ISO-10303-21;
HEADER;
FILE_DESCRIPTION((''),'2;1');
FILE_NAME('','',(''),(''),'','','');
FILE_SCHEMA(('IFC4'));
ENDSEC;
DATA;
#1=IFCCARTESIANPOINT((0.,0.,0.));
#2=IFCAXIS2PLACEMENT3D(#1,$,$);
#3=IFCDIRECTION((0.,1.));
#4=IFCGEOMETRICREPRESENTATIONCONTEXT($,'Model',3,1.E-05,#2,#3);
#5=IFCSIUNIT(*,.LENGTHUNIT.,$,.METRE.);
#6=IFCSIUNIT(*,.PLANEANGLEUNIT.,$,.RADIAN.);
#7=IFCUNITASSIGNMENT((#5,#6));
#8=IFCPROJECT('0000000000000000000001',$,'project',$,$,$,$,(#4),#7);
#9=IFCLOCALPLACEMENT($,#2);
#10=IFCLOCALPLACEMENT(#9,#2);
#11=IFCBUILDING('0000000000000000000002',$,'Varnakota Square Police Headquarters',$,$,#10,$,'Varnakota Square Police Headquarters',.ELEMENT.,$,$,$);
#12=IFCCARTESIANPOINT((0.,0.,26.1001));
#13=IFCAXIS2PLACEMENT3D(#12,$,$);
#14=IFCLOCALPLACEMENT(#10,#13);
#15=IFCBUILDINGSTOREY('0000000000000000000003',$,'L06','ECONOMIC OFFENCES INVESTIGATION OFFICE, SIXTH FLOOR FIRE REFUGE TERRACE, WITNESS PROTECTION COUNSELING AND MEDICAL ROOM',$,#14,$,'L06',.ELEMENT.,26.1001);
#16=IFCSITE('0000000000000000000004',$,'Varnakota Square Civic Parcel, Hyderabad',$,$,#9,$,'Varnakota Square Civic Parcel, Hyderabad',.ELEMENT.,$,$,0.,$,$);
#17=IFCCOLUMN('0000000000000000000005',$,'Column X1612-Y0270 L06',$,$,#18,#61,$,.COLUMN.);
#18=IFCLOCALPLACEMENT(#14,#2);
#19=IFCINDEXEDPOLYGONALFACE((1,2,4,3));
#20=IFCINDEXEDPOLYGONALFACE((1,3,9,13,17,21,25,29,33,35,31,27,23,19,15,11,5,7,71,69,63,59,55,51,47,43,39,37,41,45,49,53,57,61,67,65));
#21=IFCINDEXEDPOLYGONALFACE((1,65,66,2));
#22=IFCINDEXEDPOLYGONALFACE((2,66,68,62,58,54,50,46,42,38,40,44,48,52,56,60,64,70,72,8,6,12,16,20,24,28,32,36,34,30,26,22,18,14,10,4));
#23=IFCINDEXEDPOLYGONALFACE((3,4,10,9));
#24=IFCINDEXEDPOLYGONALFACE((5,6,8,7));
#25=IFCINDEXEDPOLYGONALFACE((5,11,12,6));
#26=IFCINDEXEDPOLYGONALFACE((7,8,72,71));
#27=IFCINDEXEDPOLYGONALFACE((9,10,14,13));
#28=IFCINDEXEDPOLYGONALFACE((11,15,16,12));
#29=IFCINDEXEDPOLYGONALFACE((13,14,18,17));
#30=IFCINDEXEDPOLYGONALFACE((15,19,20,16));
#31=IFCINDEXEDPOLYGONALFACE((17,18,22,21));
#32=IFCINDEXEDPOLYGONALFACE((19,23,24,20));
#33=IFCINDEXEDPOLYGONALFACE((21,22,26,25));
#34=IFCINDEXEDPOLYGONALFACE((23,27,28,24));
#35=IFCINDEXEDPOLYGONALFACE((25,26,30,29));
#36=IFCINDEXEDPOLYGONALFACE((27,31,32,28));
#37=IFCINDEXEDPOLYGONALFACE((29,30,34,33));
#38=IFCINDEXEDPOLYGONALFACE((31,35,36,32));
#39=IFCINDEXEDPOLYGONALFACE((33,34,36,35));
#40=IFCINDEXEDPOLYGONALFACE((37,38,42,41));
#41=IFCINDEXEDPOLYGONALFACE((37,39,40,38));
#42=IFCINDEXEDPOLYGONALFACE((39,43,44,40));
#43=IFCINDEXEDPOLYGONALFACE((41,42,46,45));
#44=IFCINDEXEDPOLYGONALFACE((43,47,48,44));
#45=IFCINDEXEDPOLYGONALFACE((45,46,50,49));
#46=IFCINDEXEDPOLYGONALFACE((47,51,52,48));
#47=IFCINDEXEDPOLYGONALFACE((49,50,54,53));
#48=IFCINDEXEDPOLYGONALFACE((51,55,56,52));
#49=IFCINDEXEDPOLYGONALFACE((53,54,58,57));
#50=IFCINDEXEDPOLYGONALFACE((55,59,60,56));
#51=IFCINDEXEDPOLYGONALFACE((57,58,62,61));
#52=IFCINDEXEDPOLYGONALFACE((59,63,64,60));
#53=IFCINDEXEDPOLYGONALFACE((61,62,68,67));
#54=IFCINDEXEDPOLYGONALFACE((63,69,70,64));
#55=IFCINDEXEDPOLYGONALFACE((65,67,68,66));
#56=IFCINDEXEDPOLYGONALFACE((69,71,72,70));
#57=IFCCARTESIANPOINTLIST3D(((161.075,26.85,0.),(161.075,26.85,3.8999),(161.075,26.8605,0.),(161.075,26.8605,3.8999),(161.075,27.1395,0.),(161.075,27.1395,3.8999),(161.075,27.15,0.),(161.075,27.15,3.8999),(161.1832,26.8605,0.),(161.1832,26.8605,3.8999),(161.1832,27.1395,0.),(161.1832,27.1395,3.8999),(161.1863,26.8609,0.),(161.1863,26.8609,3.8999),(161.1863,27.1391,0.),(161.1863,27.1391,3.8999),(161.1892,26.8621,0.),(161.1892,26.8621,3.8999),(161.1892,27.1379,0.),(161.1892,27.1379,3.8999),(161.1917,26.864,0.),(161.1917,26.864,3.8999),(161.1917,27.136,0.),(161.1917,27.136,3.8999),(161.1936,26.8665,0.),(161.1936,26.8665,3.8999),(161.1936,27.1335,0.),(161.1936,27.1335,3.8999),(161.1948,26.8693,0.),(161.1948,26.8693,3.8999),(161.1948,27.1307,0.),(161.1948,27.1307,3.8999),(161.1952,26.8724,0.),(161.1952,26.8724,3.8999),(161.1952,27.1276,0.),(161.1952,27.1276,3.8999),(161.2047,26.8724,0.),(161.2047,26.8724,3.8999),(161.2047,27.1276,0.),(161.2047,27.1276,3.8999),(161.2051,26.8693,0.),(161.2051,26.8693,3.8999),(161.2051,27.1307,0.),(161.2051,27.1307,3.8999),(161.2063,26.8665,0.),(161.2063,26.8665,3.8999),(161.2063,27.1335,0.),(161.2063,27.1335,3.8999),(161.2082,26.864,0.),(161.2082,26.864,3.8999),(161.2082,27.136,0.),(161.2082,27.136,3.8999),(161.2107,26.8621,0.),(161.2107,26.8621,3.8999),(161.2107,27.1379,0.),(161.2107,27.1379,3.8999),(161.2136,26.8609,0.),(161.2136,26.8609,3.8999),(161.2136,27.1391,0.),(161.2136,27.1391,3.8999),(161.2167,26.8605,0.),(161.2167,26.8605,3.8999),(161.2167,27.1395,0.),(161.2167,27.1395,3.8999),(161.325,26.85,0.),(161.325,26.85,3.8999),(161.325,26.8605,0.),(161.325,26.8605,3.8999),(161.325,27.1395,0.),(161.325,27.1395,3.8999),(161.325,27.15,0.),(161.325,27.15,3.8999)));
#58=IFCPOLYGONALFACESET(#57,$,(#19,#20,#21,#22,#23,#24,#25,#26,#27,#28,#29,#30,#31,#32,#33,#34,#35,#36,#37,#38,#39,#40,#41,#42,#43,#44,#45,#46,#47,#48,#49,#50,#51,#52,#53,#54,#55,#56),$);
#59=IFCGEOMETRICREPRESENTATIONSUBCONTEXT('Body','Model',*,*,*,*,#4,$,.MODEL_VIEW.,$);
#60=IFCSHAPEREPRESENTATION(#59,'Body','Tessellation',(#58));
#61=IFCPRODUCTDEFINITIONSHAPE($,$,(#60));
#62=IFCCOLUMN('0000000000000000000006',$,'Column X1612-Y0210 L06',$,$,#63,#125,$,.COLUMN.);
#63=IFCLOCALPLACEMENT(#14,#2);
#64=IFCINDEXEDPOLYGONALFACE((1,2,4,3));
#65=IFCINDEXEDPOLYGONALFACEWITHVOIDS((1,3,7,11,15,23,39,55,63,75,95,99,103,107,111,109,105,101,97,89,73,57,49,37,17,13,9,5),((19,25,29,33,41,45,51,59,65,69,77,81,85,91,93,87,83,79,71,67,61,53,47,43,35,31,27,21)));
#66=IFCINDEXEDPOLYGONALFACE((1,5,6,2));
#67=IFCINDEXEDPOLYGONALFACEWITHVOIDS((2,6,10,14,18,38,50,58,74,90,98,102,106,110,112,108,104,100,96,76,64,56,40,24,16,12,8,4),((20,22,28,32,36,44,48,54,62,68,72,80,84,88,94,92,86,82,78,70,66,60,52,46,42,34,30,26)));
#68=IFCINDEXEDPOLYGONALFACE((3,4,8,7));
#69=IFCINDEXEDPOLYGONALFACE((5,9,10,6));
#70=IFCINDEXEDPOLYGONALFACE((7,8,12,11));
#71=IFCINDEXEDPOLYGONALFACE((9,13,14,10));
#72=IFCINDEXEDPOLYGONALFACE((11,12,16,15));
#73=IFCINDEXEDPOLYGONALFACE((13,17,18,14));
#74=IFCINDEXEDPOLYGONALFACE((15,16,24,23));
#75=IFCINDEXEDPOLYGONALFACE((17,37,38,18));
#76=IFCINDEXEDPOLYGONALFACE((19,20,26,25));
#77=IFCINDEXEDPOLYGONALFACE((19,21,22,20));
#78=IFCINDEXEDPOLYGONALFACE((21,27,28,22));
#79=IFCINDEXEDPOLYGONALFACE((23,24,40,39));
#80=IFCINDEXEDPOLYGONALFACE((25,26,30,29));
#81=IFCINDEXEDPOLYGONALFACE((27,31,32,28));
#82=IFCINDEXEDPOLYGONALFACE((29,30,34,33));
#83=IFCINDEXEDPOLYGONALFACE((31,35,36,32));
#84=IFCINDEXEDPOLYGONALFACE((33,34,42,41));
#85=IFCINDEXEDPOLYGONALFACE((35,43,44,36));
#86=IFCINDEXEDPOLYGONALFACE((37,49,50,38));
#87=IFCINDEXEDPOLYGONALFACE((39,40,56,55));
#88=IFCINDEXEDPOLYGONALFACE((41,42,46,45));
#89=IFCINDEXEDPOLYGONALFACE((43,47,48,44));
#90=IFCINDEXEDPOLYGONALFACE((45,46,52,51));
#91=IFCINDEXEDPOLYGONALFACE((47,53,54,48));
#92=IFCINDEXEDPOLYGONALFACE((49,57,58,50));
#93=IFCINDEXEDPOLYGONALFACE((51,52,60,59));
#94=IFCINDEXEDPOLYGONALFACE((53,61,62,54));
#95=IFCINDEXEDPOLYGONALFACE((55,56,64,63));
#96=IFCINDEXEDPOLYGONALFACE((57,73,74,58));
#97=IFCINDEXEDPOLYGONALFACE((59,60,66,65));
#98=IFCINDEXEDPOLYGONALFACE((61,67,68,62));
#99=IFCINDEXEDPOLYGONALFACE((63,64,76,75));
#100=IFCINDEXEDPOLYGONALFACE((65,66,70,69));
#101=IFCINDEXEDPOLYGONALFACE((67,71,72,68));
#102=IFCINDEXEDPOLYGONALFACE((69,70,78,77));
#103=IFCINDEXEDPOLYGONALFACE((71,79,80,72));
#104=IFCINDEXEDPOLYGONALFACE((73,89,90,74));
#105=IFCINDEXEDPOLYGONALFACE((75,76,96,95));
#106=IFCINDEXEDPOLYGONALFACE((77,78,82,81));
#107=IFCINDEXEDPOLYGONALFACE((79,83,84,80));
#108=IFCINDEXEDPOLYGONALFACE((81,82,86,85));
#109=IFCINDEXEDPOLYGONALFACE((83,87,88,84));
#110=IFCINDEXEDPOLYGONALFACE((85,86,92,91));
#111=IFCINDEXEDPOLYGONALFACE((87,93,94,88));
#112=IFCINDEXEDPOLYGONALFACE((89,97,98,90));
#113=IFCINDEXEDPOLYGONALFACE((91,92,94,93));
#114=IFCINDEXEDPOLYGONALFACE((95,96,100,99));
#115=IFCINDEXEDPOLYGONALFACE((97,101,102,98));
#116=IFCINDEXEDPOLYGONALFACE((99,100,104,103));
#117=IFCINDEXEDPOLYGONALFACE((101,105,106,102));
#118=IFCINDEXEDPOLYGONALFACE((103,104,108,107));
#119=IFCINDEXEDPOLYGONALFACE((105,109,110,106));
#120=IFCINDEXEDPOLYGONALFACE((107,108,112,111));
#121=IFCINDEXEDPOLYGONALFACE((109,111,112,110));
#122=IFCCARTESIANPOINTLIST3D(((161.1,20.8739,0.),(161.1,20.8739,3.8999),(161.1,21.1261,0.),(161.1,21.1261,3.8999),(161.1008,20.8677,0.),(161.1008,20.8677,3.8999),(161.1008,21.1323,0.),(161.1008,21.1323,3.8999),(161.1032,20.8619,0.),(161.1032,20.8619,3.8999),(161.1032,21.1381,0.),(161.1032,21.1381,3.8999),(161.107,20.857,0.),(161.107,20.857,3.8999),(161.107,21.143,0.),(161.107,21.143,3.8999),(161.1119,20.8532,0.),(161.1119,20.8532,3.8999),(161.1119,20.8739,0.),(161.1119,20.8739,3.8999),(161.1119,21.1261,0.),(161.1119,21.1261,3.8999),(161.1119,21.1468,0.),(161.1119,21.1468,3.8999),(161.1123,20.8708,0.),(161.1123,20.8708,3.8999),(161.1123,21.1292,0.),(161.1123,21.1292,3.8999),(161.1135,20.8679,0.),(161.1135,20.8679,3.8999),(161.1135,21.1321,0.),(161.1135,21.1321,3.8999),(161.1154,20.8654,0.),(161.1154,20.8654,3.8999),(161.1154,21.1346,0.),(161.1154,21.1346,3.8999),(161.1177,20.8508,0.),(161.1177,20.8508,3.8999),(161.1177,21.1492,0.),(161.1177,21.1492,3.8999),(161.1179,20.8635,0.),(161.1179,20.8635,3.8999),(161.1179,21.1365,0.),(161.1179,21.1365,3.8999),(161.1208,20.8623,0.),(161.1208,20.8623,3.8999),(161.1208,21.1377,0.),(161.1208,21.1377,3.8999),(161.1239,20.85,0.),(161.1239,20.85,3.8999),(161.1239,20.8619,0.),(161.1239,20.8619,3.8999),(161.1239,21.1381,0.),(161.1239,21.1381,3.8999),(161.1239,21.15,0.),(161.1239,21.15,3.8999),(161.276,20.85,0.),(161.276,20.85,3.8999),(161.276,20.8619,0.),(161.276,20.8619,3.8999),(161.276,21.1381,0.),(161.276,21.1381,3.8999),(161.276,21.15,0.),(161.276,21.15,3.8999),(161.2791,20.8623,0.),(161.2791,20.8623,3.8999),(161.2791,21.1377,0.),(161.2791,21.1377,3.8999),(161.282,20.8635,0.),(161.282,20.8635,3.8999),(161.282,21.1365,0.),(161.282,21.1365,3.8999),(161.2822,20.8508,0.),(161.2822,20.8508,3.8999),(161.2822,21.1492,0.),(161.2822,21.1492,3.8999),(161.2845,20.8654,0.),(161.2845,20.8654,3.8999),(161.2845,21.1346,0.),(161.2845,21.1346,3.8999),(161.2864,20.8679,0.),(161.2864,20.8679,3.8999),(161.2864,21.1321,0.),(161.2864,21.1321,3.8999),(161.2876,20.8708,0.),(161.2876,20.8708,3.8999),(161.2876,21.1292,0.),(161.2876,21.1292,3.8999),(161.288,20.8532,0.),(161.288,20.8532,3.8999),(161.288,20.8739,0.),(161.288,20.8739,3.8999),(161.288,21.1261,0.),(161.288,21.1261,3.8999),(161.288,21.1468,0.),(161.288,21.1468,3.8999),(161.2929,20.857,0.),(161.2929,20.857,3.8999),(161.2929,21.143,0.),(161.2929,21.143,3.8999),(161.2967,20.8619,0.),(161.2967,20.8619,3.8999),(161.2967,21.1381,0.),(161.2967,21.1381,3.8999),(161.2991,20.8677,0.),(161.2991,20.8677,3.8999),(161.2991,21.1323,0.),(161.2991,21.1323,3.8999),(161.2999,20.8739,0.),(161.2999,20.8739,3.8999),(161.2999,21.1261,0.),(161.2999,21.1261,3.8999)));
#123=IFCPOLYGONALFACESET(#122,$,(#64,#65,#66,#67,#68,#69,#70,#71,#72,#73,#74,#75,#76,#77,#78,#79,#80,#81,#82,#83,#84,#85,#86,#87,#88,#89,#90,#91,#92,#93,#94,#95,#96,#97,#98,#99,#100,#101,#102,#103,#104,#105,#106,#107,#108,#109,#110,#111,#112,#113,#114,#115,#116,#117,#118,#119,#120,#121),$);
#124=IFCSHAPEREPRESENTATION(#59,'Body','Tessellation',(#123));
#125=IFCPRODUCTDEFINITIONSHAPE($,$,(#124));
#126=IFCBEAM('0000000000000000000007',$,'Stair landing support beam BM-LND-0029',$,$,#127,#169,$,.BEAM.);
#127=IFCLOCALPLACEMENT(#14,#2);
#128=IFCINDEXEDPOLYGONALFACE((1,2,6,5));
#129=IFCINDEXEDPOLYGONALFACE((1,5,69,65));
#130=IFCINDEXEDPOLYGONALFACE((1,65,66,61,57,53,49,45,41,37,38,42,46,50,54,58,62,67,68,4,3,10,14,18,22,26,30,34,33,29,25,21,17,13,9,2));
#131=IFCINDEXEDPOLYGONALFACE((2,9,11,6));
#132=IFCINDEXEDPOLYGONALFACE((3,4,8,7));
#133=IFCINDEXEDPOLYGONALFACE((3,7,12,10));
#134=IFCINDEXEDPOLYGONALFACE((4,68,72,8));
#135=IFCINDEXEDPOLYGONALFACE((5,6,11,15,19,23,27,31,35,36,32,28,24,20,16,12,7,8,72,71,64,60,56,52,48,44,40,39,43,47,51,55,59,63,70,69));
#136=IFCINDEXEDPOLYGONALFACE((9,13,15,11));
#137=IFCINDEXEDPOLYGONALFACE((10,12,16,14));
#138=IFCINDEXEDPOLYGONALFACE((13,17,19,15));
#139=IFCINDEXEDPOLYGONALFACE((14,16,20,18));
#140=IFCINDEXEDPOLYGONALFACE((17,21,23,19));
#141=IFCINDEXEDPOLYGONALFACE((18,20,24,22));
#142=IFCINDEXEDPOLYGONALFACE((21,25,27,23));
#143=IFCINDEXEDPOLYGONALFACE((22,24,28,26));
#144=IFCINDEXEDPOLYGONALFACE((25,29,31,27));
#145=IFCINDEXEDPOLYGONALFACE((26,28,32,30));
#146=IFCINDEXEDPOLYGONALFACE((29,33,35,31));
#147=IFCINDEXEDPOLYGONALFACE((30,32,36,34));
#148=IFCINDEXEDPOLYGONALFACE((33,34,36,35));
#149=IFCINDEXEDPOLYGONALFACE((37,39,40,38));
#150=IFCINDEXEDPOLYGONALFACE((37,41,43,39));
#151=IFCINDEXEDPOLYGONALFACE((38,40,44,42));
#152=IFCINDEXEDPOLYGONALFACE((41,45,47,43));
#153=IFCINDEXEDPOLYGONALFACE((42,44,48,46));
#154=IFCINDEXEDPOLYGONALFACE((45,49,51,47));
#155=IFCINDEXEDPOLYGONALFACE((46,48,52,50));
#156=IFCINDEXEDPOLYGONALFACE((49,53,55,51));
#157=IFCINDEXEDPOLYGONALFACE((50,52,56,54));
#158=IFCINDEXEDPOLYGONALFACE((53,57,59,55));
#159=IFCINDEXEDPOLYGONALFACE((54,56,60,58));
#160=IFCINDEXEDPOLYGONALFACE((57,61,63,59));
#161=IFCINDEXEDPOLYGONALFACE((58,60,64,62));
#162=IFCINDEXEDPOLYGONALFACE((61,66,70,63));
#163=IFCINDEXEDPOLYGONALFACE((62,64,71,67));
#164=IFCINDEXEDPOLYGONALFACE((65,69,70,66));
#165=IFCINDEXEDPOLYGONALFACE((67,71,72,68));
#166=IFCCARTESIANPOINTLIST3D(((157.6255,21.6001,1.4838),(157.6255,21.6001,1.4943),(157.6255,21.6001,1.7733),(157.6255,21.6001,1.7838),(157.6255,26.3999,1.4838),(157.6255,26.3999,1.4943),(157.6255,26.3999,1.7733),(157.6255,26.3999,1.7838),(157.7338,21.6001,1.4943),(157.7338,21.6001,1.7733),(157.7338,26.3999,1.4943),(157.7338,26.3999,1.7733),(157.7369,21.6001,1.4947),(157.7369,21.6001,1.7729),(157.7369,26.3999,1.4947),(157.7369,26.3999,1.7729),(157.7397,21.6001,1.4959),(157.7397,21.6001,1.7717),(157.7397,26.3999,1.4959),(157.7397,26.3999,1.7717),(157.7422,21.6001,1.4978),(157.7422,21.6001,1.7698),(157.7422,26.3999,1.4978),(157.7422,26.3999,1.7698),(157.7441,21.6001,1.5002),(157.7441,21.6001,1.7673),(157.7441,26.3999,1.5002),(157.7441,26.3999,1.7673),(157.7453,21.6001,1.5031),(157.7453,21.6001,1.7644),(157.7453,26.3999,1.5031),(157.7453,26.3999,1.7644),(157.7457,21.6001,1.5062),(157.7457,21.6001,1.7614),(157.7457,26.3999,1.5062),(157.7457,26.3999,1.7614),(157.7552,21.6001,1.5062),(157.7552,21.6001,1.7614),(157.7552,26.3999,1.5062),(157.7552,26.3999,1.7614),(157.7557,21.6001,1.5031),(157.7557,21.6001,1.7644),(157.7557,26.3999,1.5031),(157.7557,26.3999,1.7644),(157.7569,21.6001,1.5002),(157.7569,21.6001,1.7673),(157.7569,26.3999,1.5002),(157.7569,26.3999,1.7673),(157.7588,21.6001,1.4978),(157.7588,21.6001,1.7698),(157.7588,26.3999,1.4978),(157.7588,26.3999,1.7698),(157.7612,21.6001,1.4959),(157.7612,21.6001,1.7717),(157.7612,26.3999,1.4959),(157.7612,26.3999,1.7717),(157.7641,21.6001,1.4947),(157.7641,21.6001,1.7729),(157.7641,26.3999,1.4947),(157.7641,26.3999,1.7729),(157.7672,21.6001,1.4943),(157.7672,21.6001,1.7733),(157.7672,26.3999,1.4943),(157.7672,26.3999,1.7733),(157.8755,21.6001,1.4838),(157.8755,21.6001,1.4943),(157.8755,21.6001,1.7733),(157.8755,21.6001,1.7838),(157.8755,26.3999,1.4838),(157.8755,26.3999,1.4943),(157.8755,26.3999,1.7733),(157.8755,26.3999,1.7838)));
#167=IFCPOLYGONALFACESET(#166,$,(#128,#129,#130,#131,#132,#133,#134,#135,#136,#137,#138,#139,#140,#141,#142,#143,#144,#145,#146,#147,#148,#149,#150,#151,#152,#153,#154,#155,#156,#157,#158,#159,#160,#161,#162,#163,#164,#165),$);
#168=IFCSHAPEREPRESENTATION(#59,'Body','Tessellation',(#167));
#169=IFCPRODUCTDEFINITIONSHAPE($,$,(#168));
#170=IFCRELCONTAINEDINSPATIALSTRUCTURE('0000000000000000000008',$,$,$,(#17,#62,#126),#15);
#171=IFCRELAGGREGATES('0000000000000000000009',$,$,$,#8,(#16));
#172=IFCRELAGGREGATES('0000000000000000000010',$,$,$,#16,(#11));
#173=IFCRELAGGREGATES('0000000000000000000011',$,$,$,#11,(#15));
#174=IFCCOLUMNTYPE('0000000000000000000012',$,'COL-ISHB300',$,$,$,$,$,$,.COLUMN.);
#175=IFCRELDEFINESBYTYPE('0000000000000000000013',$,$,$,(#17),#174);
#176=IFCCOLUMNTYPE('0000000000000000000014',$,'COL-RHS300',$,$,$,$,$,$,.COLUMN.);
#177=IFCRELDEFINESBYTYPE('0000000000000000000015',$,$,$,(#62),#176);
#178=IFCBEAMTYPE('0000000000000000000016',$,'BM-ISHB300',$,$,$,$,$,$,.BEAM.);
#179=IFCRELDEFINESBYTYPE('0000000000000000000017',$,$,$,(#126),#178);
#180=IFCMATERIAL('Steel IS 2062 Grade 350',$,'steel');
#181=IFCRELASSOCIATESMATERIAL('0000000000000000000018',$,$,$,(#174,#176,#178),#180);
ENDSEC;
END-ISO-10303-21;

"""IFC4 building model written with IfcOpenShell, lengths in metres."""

from ifc_helpers import new_model, si_unit, direction, frame, origin, origin_2d, place, context, subcontext, project, spatial, hollow_rectangle, i_section, extrude, material, material_profile, profile_set, type_object, element, save


model = new_model("IFC4")

# Units and contexts
model_context = context("Model", 3, precision=1e-05, world=origin(), true_north=direction((0.0, 1.0)))
body_context = subcontext(model_context, "Body", "Model", "MODEL_VIEW")
ifc_project = project(units=[si_unit("LENGTHUNIT", "METRE"), si_unit("PLANEANGLEUNIT", "RADIAN")], contexts=[model_context])

# Site, building, storey
site_placement = place(None, origin())
site = spatial("IfcSite", under=ifc_project, at=site_placement, Name="Varnakota Square Civic Parcel, Hyderabad", LongName="Varnakota Square Civic Parcel, Hyderabad", CompositionType="ELEMENT", RefElevation=0.0)
building_placement = place(site_placement, origin())
building = spatial("IfcBuilding", under=site, at=building_placement, Name="Varnakota Square Police Headquarters", LongName="Varnakota Square Police Headquarters", CompositionType="ELEMENT")
storey_placement = place(building_placement, frame((0.0, 0.0, 26.1001)))
storey = spatial("IfcBuildingStorey", under=building, at=storey_placement, Name="L06", Description="ECONOMIC OFFENCES INVESTIGATION OFFICE, SIXTH FLOOR FIRE REFUGE TERRACE, WITNESS PROTECTION COUNSELING AND MEDICAL ROOM", LongName="L06", CompositionType="ELEMENT", Elevation=26.1001)

# Columns
ifc_material_1 = material(Name="Steel IS 2062 Grade 350", Category="steel")
ifc_material_profile_1 = material_profile(ifc_material_1, i_section(OverallWidth=0.25, OverallDepth=0.3, WebThickness=0.0095, FlangeThickness=0.0105, FilletRadius=0.012, at=origin_2d()), Name="ISHB 300")
ifc_profile_set_1 = profile_set([ifc_material_profile_1], Name="Steel IS 2062 Grade 350")
column_type_1 = type_object("IfcColumnType", Name="COL-ISHB300", PredefinedType="COLUMN", material=ifc_profile_set_1)
column_1_placement = place(storey_placement, frame((161.2, 27.0, 0.0), z_axis=(0.0, 0.0, 1.0), x_axis=(1.0, 0.0, 0.0)))
element("IfcColumn", 1, at=column_1_placement, inside=storey, type_object=column_type_1, Name="Column X1612-Y0270 L06", PredefinedType="COLUMN", context=body_context, shape_type="SweptSolid", body=[
    extrude(i_section(OverallWidth=0.25, OverallDepth=0.3, WebThickness=0.0095, FlangeThickness=0.0105, FilletRadius=0.012, at=origin_2d()), origin(), (0.0, 0.0, 1.0), 3.8999),
])
ifc_material_profile_2 = material_profile(ifc_material_1, hollow_rectangle(XDim=0.2, YDim=0.3, WallThickness=0.012, InnerFilletRadius=0.012, OuterFilletRadius=0.0239, at=origin_2d()), Name="RHS 300x200x12")
ifc_profile_set_2 = profile_set([ifc_material_profile_2], Name="Steel IS 2062 Grade 350")
column_type_2 = type_object("IfcColumnType", Name="COL-RHS300", PredefinedType="COLUMN", material=ifc_profile_set_2)
column_2_placement = place(storey_placement, frame((161.2, 21.0, 0.0), z_axis=(0.0, 0.0, 1.0), x_axis=(1.0, 0.0, 0.0)))
element("IfcColumn", 2, at=column_2_placement, inside=storey, type_object=column_type_2, Name="Column X1612-Y0210 L06", PredefinedType="COLUMN", context=body_context, shape_type="SweptSolid", body=[
    extrude(hollow_rectangle(XDim=0.2, YDim=0.3, WallThickness=0.012, InnerFilletRadius=0.012, OuterFilletRadius=0.0239, at=origin_2d()), origin(), (0.0, 0.0, 1.0), 3.8999),
])

# Beam
ifc_material_profile_3 = material_profile(ifc_material_1, i_section(OverallWidth=0.25, OverallDepth=0.3, WebThickness=0.0095, FlangeThickness=0.0105, FilletRadius=0.012, at=origin_2d()), Name="ISHB 300")
ifc_profile_set_3 = profile_set([ifc_material_profile_3], Name="Steel IS 2062 Grade 350")
beam_type_1 = type_object("IfcBeamType", Name="BM-ISHB300", PredefinedType="BEAM", material=ifc_profile_set_3)
beam_1_placement = place(storey_placement, frame((157.7505, 21.6001, 1.6338), z_axis=(0.0, 1.0, 0.0), x_axis=(-1.0, 0.0, 0.0)))
element("IfcBeam", 3, at=beam_1_placement, inside=storey, type_object=beam_type_1, Name="Stair landing support beam BM-LND-0029", PredefinedType="BEAM", context=body_context, shape_type="SweptSolid", body=[
    extrude(i_section(OverallWidth=0.25, OverallDepth=0.3, WebThickness=0.0095, FlangeThickness=0.0105, FilletRadius=0.012, at=origin_2d()), origin(), (0.0, 0.0, 1.0), 4.7998),
])

save(model, "model.ifc")
